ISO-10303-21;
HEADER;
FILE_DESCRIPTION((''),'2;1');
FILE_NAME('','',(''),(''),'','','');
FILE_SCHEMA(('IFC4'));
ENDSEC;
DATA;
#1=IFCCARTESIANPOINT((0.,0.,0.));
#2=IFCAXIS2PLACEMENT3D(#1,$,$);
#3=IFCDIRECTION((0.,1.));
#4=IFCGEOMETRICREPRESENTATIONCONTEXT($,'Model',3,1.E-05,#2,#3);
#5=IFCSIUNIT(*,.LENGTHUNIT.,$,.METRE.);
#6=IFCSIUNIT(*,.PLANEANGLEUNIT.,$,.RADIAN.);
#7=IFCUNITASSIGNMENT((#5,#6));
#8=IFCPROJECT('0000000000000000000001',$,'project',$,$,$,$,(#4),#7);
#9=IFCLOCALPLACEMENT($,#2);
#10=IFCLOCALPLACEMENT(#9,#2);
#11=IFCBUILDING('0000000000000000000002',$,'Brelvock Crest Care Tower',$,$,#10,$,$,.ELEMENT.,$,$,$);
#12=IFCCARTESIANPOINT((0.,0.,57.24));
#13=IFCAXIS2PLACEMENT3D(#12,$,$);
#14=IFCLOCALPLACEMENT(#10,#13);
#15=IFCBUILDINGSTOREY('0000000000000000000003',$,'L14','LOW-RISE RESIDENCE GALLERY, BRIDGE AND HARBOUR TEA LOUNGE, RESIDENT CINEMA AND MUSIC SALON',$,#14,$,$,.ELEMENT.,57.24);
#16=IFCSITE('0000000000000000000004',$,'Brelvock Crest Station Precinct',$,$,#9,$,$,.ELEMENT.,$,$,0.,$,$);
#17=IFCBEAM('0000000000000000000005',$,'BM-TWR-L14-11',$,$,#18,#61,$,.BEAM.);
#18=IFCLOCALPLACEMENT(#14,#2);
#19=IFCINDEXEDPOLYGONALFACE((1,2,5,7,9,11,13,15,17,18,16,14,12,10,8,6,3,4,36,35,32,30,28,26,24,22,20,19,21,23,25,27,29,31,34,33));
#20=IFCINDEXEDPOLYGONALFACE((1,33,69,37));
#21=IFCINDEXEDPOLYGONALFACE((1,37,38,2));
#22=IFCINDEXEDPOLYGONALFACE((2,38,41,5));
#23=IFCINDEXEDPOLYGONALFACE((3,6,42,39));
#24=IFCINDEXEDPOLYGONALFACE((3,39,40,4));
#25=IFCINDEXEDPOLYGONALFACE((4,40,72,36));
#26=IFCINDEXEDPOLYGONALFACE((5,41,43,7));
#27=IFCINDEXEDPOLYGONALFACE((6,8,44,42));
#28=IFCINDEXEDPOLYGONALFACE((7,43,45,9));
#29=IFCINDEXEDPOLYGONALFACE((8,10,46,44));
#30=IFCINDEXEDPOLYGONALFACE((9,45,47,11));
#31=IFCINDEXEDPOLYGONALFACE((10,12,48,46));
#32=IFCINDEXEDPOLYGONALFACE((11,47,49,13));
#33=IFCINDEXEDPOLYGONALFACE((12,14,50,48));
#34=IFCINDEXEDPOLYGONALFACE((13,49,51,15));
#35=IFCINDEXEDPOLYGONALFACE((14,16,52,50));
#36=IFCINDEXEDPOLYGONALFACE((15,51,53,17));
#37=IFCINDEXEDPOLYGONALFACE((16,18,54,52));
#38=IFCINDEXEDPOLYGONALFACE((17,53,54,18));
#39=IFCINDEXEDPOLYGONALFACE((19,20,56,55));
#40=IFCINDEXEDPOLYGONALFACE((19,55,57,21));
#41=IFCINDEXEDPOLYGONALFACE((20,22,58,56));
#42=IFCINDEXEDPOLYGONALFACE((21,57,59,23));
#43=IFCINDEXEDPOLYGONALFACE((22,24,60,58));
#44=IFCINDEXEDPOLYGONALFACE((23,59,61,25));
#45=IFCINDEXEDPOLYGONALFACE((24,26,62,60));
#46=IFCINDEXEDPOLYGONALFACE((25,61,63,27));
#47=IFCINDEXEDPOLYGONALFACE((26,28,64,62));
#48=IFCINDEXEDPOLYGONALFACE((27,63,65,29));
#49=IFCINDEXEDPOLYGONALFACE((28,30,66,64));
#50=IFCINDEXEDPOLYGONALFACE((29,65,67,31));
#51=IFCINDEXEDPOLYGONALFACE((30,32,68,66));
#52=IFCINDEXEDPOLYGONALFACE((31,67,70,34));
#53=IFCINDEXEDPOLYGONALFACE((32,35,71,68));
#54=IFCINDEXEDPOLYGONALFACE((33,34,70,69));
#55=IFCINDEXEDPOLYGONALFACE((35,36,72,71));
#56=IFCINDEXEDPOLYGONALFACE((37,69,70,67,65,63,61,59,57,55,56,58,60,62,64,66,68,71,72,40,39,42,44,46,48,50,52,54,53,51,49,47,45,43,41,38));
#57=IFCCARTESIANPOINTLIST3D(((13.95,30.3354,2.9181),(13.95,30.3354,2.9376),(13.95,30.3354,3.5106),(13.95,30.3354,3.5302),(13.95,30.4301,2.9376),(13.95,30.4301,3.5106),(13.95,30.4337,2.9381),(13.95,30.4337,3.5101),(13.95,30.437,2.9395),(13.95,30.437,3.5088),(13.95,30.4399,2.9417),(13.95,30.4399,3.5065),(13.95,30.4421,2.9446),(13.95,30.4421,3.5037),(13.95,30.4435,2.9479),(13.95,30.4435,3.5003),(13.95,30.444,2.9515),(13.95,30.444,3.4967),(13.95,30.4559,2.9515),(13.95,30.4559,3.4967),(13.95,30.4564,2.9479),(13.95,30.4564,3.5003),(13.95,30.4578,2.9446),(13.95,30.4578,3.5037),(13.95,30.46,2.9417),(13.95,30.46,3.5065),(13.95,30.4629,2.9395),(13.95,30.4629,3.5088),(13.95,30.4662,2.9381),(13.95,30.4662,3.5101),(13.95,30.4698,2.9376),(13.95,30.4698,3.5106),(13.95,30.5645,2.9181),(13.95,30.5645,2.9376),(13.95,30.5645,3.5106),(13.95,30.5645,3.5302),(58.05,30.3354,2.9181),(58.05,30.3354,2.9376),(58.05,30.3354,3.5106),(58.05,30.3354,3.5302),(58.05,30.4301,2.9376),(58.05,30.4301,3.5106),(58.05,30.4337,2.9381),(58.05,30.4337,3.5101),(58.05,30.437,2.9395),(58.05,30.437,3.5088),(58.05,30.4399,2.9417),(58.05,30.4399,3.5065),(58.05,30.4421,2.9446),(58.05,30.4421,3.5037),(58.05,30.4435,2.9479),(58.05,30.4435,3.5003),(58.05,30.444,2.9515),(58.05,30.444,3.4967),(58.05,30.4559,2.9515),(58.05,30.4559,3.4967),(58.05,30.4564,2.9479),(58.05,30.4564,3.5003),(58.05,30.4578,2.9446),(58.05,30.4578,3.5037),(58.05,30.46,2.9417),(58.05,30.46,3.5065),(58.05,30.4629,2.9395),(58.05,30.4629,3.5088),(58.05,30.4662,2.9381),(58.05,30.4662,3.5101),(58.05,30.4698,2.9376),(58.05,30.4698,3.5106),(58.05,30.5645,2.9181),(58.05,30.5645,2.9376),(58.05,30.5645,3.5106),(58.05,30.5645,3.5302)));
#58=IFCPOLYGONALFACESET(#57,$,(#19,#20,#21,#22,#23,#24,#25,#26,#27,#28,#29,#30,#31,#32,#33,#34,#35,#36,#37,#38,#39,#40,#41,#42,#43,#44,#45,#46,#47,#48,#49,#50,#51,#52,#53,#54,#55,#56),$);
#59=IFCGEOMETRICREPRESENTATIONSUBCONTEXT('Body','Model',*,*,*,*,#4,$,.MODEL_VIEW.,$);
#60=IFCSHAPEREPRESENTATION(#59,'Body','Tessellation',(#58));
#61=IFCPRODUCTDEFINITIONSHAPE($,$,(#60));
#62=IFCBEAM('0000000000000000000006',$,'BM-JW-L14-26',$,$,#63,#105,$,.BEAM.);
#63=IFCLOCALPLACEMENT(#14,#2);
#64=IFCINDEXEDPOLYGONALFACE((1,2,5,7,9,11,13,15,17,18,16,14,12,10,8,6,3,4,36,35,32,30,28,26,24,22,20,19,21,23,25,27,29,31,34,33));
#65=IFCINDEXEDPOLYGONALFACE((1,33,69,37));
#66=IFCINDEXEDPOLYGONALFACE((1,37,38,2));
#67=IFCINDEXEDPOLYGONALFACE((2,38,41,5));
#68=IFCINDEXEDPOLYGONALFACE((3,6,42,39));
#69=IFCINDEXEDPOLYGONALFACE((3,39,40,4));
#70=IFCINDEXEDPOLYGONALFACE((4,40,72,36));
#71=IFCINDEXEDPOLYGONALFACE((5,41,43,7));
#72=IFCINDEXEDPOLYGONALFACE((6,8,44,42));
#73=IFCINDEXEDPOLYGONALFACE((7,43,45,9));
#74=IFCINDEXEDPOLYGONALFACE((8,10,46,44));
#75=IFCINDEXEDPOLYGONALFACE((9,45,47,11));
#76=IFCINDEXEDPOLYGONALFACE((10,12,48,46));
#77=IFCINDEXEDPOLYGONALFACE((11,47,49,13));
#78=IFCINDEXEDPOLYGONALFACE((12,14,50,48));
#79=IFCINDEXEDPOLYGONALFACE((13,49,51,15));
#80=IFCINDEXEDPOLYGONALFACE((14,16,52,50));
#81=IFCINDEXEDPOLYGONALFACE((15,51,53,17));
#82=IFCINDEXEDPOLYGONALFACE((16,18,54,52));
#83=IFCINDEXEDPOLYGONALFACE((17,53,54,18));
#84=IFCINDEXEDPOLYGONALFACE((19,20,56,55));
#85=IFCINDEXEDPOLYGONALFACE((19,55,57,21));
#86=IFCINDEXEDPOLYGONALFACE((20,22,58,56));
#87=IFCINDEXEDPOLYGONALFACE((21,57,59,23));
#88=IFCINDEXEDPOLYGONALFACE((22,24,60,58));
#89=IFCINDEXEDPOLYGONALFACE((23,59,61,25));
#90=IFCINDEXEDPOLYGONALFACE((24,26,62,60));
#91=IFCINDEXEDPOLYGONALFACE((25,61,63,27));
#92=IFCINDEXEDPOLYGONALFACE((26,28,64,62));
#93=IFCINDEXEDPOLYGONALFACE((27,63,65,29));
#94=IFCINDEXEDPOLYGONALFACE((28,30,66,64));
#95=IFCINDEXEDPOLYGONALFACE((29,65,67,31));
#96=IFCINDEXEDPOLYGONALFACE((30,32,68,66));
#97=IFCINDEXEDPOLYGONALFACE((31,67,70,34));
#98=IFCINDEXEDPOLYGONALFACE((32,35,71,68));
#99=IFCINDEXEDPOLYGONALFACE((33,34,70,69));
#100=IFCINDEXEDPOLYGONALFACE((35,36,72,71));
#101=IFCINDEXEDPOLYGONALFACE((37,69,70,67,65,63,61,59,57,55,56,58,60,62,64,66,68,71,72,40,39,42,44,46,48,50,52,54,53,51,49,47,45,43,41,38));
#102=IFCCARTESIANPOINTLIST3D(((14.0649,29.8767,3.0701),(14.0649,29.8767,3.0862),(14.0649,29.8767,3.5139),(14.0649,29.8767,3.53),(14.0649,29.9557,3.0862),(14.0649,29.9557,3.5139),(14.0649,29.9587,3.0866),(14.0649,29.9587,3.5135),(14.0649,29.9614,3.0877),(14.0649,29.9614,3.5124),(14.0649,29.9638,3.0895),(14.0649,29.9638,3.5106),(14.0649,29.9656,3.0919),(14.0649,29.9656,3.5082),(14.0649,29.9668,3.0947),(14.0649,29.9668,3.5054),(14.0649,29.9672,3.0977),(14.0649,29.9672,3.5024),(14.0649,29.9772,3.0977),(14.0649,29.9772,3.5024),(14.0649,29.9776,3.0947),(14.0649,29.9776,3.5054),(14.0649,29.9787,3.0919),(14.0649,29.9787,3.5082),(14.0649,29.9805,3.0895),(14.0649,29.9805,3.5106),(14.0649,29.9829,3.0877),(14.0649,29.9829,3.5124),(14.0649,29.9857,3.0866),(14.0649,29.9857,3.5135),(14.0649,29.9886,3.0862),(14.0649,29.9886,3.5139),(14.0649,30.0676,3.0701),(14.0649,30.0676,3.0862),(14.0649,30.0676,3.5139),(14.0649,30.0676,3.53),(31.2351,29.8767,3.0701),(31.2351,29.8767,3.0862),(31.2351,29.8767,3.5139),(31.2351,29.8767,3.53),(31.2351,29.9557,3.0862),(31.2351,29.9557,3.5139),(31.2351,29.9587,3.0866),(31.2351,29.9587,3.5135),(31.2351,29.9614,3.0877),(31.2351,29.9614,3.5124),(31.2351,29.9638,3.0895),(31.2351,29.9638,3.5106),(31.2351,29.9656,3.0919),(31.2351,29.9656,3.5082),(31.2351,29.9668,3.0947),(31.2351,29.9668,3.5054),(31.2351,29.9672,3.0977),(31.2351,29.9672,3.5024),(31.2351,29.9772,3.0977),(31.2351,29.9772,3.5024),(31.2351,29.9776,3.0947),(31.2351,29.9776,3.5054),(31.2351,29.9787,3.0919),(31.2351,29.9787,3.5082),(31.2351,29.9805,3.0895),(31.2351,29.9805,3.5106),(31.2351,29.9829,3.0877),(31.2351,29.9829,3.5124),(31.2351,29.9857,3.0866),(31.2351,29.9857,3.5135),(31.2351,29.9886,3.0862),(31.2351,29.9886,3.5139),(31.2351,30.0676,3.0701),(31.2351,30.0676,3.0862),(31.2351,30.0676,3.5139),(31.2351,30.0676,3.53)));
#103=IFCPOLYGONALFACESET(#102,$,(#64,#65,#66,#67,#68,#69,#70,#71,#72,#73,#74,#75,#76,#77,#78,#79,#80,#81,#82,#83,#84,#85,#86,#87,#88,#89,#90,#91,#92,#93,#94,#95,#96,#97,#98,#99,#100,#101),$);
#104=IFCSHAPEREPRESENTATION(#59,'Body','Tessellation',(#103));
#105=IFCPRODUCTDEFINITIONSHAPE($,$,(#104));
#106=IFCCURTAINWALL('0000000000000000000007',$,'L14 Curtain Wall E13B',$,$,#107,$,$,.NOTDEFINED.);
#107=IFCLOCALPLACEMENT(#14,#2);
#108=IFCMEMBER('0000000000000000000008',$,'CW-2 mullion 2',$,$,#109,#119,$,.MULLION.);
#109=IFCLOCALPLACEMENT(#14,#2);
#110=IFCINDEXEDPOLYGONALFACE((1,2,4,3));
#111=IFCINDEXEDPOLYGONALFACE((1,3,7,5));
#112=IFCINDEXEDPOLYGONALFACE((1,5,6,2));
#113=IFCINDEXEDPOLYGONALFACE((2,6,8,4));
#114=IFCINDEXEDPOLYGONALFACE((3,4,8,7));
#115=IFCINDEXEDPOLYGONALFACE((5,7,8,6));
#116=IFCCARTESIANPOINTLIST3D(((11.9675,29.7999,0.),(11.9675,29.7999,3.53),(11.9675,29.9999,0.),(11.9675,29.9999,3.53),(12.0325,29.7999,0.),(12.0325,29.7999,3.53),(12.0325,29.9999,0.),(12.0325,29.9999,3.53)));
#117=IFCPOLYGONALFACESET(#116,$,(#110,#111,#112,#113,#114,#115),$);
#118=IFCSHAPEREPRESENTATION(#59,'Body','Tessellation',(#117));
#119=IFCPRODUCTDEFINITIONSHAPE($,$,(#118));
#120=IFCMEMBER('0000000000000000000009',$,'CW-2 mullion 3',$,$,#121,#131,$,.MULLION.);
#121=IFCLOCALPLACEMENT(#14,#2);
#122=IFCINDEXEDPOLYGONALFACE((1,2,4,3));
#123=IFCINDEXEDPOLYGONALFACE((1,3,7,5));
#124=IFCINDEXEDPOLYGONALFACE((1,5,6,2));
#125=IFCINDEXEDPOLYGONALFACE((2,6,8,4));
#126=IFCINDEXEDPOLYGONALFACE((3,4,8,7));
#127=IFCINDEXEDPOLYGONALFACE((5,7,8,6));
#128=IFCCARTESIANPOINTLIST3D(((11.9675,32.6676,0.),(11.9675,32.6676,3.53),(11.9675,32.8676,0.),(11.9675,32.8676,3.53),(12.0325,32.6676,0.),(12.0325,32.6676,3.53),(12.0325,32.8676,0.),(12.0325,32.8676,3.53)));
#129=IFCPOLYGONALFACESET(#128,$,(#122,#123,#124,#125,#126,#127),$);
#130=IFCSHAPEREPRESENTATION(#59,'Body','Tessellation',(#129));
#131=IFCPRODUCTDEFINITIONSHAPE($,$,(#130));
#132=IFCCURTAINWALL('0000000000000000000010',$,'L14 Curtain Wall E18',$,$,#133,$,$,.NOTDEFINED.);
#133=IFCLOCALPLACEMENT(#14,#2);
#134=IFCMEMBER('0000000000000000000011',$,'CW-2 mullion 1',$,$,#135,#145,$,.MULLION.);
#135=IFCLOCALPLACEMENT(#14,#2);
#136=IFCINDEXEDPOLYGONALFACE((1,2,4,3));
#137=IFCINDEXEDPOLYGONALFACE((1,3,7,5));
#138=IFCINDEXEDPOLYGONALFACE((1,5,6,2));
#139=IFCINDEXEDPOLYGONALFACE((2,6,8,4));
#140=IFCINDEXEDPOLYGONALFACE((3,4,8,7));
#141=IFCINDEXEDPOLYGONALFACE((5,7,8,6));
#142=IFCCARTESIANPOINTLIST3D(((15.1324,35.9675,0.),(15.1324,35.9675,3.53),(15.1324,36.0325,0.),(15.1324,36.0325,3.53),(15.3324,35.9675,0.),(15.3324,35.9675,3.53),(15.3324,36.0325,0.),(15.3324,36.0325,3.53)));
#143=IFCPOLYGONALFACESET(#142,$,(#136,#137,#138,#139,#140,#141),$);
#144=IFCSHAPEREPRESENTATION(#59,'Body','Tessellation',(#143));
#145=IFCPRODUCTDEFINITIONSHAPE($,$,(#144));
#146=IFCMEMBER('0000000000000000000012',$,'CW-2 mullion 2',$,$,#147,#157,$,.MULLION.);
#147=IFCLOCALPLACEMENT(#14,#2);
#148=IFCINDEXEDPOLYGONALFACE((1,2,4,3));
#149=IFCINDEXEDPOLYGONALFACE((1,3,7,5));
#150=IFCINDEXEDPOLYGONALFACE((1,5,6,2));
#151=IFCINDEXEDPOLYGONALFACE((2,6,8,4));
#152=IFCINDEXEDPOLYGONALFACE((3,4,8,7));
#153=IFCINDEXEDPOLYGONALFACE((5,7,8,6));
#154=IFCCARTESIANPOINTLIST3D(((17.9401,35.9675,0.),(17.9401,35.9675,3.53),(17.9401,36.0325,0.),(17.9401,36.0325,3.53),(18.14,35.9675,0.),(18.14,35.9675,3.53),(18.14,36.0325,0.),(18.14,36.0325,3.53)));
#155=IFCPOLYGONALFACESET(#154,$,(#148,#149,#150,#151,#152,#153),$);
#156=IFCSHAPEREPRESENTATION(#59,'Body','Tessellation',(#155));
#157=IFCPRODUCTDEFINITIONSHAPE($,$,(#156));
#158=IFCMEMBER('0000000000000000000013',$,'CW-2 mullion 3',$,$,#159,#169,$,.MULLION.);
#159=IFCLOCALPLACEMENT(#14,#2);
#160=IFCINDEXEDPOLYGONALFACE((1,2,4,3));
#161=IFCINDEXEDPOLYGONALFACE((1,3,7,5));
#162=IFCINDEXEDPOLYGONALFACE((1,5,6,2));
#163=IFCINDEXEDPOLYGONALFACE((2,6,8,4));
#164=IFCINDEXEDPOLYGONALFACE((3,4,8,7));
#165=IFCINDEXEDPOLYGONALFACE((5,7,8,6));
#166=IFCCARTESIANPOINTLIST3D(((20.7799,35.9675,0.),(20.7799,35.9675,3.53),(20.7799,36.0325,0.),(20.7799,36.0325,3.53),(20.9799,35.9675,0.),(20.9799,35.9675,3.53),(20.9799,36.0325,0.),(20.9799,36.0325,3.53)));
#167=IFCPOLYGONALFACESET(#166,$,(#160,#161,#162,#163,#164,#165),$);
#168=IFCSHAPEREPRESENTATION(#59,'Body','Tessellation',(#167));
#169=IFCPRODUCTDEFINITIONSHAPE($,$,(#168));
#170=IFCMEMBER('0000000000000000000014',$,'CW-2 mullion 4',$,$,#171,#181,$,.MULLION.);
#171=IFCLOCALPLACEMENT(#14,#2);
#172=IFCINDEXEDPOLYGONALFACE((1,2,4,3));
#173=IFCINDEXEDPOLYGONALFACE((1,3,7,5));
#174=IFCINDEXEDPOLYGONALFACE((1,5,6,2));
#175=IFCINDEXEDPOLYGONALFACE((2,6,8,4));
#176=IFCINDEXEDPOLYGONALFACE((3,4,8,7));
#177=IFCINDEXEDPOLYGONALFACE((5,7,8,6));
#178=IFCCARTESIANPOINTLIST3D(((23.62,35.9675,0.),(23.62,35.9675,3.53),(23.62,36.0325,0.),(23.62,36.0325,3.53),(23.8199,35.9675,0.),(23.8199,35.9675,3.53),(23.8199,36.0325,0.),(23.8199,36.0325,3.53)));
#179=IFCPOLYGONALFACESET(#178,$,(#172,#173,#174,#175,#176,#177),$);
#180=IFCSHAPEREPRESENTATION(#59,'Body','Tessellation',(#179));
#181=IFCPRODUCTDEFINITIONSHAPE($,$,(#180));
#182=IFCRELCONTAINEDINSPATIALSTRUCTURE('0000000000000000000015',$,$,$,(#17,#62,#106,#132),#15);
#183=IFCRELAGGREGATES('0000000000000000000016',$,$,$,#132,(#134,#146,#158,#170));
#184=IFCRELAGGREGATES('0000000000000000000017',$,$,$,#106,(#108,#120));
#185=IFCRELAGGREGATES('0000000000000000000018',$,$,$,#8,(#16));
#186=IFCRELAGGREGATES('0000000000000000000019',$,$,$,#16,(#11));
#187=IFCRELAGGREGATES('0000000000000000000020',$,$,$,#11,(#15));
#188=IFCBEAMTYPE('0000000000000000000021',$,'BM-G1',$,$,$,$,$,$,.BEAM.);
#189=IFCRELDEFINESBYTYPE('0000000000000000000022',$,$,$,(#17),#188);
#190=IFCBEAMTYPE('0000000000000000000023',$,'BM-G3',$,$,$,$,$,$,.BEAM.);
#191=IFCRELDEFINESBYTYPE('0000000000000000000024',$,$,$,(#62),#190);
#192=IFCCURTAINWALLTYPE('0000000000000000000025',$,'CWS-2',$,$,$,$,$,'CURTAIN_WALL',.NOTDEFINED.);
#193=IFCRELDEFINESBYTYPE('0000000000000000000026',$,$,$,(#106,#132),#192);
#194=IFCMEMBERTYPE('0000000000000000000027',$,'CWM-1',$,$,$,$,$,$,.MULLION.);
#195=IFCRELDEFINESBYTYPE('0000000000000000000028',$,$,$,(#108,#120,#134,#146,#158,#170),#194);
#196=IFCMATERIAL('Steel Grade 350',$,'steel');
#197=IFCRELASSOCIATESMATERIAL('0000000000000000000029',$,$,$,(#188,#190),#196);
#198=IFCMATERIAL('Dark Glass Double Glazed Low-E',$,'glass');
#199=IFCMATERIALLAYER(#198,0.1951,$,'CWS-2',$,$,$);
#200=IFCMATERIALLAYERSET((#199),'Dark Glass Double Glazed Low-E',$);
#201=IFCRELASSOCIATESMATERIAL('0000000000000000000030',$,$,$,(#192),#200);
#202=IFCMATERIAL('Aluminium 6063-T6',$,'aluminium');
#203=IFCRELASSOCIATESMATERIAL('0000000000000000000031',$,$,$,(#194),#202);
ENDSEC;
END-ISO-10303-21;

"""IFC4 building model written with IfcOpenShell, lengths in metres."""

from ifc_helpers import new_model, si_unit, direction, frame, origin, origin_2d, place, context, subcontext, project, spatial, rectangle, i_section, extrude, source, transform, mapped, material, layer, layer_set, material_profile, profile_set, type_object, element, aggregate, save


model = new_model("IFC4")

# Units and contexts
model_context = context("Model", 3, precision=1e-05, world=origin(), true_north=direction((0.0, 1.0)))
body_context = subcontext(model_context, "Body", "Model", "MODEL_VIEW")
ifc_project = project(units=[si_unit("LENGTHUNIT", "METRE"), si_unit("PLANEANGLEUNIT", "RADIAN")], contexts=[model_context])

# Site, building, storey
site_placement = place(None, origin())
site = spatial("IfcSite", under=ifc_project, at=site_placement, Name="Brelvock Crest Station Precinct", CompositionType="ELEMENT", RefElevation=0.0)
building_placement = place(site_placement, origin())
building = spatial("IfcBuilding", under=site, at=building_placement, Name="Brelvock Crest Care Tower", CompositionType="ELEMENT")
storey_placement = place(building_placement, frame((0.0, 0.0, 57.24)))
storey = spatial("IfcBuildingStorey", under=building, at=storey_placement, Name="L14", Description="LOW-RISE RESIDENCE GALLERY, BRIDGE AND HARBOUR TEA LOUNGE, RESIDENT CINEMA AND MUSIC SALON", CompositionType="ELEMENT", Elevation=57.24)

# Shared definitions
ifc_material_1 = material(Name="Steel Grade 350", Category="steel")

# Beams
ifc_material_profile_1 = material_profile(ifc_material_1, i_section(OverallWidth=0.229, OverallDepth=0.6121, WebThickness=0.012, FlangeThickness=0.0195, FilletRadius=0.0139, at=origin_2d()), Name="610UB125")
ifc_profile_set_1 = profile_set([ifc_material_profile_1], Name="Steel Grade 350")
beam_type_1 = type_object("IfcBeamType", Name="BM-G1", PredefinedType="BEAM", material=ifc_profile_set_1)
shared_shape_1 = source(origin(), body_context, "Body", "SweptSolid", [
    extrude(i_section(OverallWidth=0.229, OverallDepth=0.6121, WebThickness=0.012, FlangeThickness=0.0195, FilletRadius=0.0139, at=origin_2d()), origin(), (0.0, 0.0, 1.0), 44.1001),
])
beam_1_placement = place(storey_placement, frame((13.95, 30.45, 3.2241), z_axis=(1.0, 0.0, 0.0), x_axis=(0.0, 1.0, 0.0)))
element("IfcBeam", 1, at=beam_1_placement, inside=storey, type_object=beam_type_1, Name="BM-TWR-L14-11", PredefinedType="BEAM", context=body_context, shape_type="MappedRepresentation", body=[
    mapped(shared_shape_1, transform((0.0, 0.0, 0.0), x_axis=(1.0, 0.0, 0.0), y_axis=(0.0, 1.0, 0.0), z_axis=(0.0, 0.0, 1.0), scale=1.0)),
])
ifc_material_profile_2 = material_profile(ifc_material_1, i_section(OverallWidth=0.1909, OverallDepth=0.46, WebThickness=0.01, FlangeThickness=0.0161, FilletRadius=0.0115, at=origin_2d()), Name="460UB82.1")
ifc_profile_set_2 = profile_set([ifc_material_profile_2], Name="Steel Grade 350")
beam_type_2 = type_object("IfcBeamType", Name="BM-G3", PredefinedType="BEAM", material=ifc_profile_set_2)
shared_shape_2 = source(origin(), body_context, "Body", "SweptSolid", [
    extrude(i_section(OverallWidth=0.1909, OverallDepth=0.46, WebThickness=0.01, FlangeThickness=0.0161, FilletRadius=0.0115, at=origin_2d()), origin(), (0.0, 0.0, 1.0), 17.1702),
])
beam_2_placement = place(storey_placement, frame((14.0649, 29.9722, 3.3), z_axis=(1.0, 0.0, 0.0), x_axis=(0.0, 1.0, 0.0)))
element("IfcBeam", 2, at=beam_2_placement, inside=storey, type_object=beam_type_2, Name="BM-JW-L14-26", PredefinedType="BEAM", context=body_context, shape_type="MappedRepresentation", body=[
    mapped(shared_shape_2, transform((0.0, 0.0, 0.0), x_axis=(1.0, 0.0, 0.0), y_axis=(0.0, 1.0, 0.0), z_axis=(0.0, 0.0, 1.0), scale=1.0)),
])

# Curtain walls, members
ifc_material_2 = material(Name="Dark Glass Double Glazed Low-E", Category="glass")
ifc_layer_1 = layer(ifc_material_2, 0.1951, Name="CWS-2")
ifc_layer_set_1 = layer_set([ifc_layer_1], Name="Dark Glass Double Glazed Low-E")
curtain_wall_type = type_object("IfcCurtainWallType", Name="CWS-2", ElementType="CURTAIN_WALL", PredefinedType="NOTDEFINED", material=ifc_layer_set_1)
curtain_wall_1_placement = place(storey_placement, origin())
curtain_wall_1 = element("IfcCurtainWall", 3, at=curtain_wall_1_placement, inside=storey, type_object=curtain_wall_type, Name="L14 Curtain Wall E13B", PredefinedType="NOTDEFINED")
ifc_material_3 = material(Name="Aluminium 6063-T6", Category="aluminium")
ifc_material_profile_3 = material_profile(ifc_material_3, rectangle(XDim=0.0649, YDim=0.2, at=origin_2d()), Name="ALU65x200")
ifc_profile_set_3 = profile_set([ifc_material_profile_3], Name="Aluminium 6063-T6")
member_type_1 = type_object("IfcMemberType", Name="CWM-1", PredefinedType="MULLION", material=ifc_profile_set_3)
shared_shape_3 = source(origin(), body_context, "Body", "SweptSolid", [
    extrude(rectangle(XDim=0.0649, YDim=0.2, at=origin_2d()), origin(), (0.0, 0.0, 1.0), 3.53),
])
member_1_placement = place(storey_placement, frame((12.0, 29.8999, 0.0), z_axis=(0.0, 0.0, 1.0), x_axis=(-1.0, 0.0, 0.0)))
member_1 = element("IfcMember", 4, at=member_1_placement, type_object=member_type_1, Name="CW-2 mullion 2", PredefinedType="MULLION", context=body_context, shape_type="MappedRepresentation", body=[
    mapped(shared_shape_3, transform((0.0, 0.0, 0.0), x_axis=(1.0, 0.0, 0.0), y_axis=(0.0, 1.0, 0.0), z_axis=(0.0, 0.0, 1.0), scale=1.0)),
])
member_2_placement = place(storey_placement, frame((12.0, 32.7676, 0.0), z_axis=(0.0, 0.0, 1.0), x_axis=(-1.0, 0.0, 0.0)))
member_2 = element("IfcMember", 5, at=member_2_placement, type_object=member_type_1, Name="CW-2 mullion 3", PredefinedType="MULLION", context=body_context, shape_type="MappedRepresentation", body=[
    mapped(shared_shape_3, transform((0.0, 0.0, 0.0), x_axis=(1.0, 0.0, 0.0), y_axis=(0.0, 1.0, 0.0), z_axis=(0.0, 0.0, 1.0), scale=1.0)),
])
curtain_wall_2_placement = place(storey_placement, origin())
curtain_wall_2 = element("IfcCurtainWall", 6, at=curtain_wall_2_placement, inside=storey, type_object=curtain_wall_type, Name="L14 Curtain Wall E18", PredefinedType="NOTDEFINED")
member_3_placement = place(storey_placement, frame((15.2324, 36.0, 0.0), z_axis=(0.0, 0.0, 1.0), x_axis=(0.0, 1.0, 0.0)))
member_3 = element("IfcMember", 7, at=member_3_placement, type_object=member_type_1, Name="CW-2 mullion 1", PredefinedType="MULLION", context=body_context, shape_type="MappedRepresentation", body=[
    mapped(shared_shape_3, transform((0.0, 0.0, 0.0), x_axis=(1.0, 0.0, 0.0), y_axis=(0.0, 1.0, 0.0), z_axis=(0.0, 0.0, 1.0), scale=1.0)),
])
member_4_placement = place(storey_placement, frame((18.04, 36.0, 0.0), z_axis=(0.0, 0.0, 1.0), x_axis=(0.0, 1.0, 0.0)))
member_4 = element("IfcMember", 8, at=member_4_placement, type_object=member_type_1, Name="CW-2 mullion 2", PredefinedType="MULLION", context=body_context, shape_type="MappedRepresentation", body=[
    mapped(shared_shape_3, transform((0.0, 0.0, 0.0), x_axis=(1.0, 0.0, 0.0), y_axis=(0.0, 1.0, 0.0), z_axis=(0.0, 0.0, 1.0), scale=1.0)),
])
member_5_placement = place(storey_placement, frame((20.8799, 36.0, 0.0), z_axis=(0.0, 0.0, 1.0), x_axis=(0.0, 1.0, 0.0)))
member_5 = element("IfcMember", 9, at=member_5_placement, type_object=member_type_1, Name="CW-2 mullion 3", PredefinedType="MULLION", context=body_context, shape_type="MappedRepresentation", body=[
    mapped(shared_shape_3, transform((0.0, 0.0, 0.0), x_axis=(1.0, 0.0, 0.0), y_axis=(0.0, 1.0, 0.0), z_axis=(0.0, 0.0, 1.0), scale=1.0)),
])
member_6_placement = place(storey_placement, frame((23.72, 36.0, 0.0), z_axis=(0.0, 0.0, 1.0), x_axis=(0.0, 1.0, 0.0)))
member_6 = element("IfcMember", 10, at=member_6_placement, type_object=member_type_1, Name="CW-2 mullion 4", PredefinedType="MULLION", context=body_context, shape_type="MappedRepresentation", body=[
    mapped(shared_shape_3, transform((0.0, 0.0, 0.0), x_axis=(1.0, 0.0, 0.0), y_axis=(0.0, 1.0, 0.0), z_axis=(0.0, 0.0, 1.0), scale=1.0)),
])

aggregate(curtain_wall_2, [member_3, member_4, member_5, member_6])
aggregate(curtain_wall_1, [member_1, member_2])

save(model, "model.ifc")
